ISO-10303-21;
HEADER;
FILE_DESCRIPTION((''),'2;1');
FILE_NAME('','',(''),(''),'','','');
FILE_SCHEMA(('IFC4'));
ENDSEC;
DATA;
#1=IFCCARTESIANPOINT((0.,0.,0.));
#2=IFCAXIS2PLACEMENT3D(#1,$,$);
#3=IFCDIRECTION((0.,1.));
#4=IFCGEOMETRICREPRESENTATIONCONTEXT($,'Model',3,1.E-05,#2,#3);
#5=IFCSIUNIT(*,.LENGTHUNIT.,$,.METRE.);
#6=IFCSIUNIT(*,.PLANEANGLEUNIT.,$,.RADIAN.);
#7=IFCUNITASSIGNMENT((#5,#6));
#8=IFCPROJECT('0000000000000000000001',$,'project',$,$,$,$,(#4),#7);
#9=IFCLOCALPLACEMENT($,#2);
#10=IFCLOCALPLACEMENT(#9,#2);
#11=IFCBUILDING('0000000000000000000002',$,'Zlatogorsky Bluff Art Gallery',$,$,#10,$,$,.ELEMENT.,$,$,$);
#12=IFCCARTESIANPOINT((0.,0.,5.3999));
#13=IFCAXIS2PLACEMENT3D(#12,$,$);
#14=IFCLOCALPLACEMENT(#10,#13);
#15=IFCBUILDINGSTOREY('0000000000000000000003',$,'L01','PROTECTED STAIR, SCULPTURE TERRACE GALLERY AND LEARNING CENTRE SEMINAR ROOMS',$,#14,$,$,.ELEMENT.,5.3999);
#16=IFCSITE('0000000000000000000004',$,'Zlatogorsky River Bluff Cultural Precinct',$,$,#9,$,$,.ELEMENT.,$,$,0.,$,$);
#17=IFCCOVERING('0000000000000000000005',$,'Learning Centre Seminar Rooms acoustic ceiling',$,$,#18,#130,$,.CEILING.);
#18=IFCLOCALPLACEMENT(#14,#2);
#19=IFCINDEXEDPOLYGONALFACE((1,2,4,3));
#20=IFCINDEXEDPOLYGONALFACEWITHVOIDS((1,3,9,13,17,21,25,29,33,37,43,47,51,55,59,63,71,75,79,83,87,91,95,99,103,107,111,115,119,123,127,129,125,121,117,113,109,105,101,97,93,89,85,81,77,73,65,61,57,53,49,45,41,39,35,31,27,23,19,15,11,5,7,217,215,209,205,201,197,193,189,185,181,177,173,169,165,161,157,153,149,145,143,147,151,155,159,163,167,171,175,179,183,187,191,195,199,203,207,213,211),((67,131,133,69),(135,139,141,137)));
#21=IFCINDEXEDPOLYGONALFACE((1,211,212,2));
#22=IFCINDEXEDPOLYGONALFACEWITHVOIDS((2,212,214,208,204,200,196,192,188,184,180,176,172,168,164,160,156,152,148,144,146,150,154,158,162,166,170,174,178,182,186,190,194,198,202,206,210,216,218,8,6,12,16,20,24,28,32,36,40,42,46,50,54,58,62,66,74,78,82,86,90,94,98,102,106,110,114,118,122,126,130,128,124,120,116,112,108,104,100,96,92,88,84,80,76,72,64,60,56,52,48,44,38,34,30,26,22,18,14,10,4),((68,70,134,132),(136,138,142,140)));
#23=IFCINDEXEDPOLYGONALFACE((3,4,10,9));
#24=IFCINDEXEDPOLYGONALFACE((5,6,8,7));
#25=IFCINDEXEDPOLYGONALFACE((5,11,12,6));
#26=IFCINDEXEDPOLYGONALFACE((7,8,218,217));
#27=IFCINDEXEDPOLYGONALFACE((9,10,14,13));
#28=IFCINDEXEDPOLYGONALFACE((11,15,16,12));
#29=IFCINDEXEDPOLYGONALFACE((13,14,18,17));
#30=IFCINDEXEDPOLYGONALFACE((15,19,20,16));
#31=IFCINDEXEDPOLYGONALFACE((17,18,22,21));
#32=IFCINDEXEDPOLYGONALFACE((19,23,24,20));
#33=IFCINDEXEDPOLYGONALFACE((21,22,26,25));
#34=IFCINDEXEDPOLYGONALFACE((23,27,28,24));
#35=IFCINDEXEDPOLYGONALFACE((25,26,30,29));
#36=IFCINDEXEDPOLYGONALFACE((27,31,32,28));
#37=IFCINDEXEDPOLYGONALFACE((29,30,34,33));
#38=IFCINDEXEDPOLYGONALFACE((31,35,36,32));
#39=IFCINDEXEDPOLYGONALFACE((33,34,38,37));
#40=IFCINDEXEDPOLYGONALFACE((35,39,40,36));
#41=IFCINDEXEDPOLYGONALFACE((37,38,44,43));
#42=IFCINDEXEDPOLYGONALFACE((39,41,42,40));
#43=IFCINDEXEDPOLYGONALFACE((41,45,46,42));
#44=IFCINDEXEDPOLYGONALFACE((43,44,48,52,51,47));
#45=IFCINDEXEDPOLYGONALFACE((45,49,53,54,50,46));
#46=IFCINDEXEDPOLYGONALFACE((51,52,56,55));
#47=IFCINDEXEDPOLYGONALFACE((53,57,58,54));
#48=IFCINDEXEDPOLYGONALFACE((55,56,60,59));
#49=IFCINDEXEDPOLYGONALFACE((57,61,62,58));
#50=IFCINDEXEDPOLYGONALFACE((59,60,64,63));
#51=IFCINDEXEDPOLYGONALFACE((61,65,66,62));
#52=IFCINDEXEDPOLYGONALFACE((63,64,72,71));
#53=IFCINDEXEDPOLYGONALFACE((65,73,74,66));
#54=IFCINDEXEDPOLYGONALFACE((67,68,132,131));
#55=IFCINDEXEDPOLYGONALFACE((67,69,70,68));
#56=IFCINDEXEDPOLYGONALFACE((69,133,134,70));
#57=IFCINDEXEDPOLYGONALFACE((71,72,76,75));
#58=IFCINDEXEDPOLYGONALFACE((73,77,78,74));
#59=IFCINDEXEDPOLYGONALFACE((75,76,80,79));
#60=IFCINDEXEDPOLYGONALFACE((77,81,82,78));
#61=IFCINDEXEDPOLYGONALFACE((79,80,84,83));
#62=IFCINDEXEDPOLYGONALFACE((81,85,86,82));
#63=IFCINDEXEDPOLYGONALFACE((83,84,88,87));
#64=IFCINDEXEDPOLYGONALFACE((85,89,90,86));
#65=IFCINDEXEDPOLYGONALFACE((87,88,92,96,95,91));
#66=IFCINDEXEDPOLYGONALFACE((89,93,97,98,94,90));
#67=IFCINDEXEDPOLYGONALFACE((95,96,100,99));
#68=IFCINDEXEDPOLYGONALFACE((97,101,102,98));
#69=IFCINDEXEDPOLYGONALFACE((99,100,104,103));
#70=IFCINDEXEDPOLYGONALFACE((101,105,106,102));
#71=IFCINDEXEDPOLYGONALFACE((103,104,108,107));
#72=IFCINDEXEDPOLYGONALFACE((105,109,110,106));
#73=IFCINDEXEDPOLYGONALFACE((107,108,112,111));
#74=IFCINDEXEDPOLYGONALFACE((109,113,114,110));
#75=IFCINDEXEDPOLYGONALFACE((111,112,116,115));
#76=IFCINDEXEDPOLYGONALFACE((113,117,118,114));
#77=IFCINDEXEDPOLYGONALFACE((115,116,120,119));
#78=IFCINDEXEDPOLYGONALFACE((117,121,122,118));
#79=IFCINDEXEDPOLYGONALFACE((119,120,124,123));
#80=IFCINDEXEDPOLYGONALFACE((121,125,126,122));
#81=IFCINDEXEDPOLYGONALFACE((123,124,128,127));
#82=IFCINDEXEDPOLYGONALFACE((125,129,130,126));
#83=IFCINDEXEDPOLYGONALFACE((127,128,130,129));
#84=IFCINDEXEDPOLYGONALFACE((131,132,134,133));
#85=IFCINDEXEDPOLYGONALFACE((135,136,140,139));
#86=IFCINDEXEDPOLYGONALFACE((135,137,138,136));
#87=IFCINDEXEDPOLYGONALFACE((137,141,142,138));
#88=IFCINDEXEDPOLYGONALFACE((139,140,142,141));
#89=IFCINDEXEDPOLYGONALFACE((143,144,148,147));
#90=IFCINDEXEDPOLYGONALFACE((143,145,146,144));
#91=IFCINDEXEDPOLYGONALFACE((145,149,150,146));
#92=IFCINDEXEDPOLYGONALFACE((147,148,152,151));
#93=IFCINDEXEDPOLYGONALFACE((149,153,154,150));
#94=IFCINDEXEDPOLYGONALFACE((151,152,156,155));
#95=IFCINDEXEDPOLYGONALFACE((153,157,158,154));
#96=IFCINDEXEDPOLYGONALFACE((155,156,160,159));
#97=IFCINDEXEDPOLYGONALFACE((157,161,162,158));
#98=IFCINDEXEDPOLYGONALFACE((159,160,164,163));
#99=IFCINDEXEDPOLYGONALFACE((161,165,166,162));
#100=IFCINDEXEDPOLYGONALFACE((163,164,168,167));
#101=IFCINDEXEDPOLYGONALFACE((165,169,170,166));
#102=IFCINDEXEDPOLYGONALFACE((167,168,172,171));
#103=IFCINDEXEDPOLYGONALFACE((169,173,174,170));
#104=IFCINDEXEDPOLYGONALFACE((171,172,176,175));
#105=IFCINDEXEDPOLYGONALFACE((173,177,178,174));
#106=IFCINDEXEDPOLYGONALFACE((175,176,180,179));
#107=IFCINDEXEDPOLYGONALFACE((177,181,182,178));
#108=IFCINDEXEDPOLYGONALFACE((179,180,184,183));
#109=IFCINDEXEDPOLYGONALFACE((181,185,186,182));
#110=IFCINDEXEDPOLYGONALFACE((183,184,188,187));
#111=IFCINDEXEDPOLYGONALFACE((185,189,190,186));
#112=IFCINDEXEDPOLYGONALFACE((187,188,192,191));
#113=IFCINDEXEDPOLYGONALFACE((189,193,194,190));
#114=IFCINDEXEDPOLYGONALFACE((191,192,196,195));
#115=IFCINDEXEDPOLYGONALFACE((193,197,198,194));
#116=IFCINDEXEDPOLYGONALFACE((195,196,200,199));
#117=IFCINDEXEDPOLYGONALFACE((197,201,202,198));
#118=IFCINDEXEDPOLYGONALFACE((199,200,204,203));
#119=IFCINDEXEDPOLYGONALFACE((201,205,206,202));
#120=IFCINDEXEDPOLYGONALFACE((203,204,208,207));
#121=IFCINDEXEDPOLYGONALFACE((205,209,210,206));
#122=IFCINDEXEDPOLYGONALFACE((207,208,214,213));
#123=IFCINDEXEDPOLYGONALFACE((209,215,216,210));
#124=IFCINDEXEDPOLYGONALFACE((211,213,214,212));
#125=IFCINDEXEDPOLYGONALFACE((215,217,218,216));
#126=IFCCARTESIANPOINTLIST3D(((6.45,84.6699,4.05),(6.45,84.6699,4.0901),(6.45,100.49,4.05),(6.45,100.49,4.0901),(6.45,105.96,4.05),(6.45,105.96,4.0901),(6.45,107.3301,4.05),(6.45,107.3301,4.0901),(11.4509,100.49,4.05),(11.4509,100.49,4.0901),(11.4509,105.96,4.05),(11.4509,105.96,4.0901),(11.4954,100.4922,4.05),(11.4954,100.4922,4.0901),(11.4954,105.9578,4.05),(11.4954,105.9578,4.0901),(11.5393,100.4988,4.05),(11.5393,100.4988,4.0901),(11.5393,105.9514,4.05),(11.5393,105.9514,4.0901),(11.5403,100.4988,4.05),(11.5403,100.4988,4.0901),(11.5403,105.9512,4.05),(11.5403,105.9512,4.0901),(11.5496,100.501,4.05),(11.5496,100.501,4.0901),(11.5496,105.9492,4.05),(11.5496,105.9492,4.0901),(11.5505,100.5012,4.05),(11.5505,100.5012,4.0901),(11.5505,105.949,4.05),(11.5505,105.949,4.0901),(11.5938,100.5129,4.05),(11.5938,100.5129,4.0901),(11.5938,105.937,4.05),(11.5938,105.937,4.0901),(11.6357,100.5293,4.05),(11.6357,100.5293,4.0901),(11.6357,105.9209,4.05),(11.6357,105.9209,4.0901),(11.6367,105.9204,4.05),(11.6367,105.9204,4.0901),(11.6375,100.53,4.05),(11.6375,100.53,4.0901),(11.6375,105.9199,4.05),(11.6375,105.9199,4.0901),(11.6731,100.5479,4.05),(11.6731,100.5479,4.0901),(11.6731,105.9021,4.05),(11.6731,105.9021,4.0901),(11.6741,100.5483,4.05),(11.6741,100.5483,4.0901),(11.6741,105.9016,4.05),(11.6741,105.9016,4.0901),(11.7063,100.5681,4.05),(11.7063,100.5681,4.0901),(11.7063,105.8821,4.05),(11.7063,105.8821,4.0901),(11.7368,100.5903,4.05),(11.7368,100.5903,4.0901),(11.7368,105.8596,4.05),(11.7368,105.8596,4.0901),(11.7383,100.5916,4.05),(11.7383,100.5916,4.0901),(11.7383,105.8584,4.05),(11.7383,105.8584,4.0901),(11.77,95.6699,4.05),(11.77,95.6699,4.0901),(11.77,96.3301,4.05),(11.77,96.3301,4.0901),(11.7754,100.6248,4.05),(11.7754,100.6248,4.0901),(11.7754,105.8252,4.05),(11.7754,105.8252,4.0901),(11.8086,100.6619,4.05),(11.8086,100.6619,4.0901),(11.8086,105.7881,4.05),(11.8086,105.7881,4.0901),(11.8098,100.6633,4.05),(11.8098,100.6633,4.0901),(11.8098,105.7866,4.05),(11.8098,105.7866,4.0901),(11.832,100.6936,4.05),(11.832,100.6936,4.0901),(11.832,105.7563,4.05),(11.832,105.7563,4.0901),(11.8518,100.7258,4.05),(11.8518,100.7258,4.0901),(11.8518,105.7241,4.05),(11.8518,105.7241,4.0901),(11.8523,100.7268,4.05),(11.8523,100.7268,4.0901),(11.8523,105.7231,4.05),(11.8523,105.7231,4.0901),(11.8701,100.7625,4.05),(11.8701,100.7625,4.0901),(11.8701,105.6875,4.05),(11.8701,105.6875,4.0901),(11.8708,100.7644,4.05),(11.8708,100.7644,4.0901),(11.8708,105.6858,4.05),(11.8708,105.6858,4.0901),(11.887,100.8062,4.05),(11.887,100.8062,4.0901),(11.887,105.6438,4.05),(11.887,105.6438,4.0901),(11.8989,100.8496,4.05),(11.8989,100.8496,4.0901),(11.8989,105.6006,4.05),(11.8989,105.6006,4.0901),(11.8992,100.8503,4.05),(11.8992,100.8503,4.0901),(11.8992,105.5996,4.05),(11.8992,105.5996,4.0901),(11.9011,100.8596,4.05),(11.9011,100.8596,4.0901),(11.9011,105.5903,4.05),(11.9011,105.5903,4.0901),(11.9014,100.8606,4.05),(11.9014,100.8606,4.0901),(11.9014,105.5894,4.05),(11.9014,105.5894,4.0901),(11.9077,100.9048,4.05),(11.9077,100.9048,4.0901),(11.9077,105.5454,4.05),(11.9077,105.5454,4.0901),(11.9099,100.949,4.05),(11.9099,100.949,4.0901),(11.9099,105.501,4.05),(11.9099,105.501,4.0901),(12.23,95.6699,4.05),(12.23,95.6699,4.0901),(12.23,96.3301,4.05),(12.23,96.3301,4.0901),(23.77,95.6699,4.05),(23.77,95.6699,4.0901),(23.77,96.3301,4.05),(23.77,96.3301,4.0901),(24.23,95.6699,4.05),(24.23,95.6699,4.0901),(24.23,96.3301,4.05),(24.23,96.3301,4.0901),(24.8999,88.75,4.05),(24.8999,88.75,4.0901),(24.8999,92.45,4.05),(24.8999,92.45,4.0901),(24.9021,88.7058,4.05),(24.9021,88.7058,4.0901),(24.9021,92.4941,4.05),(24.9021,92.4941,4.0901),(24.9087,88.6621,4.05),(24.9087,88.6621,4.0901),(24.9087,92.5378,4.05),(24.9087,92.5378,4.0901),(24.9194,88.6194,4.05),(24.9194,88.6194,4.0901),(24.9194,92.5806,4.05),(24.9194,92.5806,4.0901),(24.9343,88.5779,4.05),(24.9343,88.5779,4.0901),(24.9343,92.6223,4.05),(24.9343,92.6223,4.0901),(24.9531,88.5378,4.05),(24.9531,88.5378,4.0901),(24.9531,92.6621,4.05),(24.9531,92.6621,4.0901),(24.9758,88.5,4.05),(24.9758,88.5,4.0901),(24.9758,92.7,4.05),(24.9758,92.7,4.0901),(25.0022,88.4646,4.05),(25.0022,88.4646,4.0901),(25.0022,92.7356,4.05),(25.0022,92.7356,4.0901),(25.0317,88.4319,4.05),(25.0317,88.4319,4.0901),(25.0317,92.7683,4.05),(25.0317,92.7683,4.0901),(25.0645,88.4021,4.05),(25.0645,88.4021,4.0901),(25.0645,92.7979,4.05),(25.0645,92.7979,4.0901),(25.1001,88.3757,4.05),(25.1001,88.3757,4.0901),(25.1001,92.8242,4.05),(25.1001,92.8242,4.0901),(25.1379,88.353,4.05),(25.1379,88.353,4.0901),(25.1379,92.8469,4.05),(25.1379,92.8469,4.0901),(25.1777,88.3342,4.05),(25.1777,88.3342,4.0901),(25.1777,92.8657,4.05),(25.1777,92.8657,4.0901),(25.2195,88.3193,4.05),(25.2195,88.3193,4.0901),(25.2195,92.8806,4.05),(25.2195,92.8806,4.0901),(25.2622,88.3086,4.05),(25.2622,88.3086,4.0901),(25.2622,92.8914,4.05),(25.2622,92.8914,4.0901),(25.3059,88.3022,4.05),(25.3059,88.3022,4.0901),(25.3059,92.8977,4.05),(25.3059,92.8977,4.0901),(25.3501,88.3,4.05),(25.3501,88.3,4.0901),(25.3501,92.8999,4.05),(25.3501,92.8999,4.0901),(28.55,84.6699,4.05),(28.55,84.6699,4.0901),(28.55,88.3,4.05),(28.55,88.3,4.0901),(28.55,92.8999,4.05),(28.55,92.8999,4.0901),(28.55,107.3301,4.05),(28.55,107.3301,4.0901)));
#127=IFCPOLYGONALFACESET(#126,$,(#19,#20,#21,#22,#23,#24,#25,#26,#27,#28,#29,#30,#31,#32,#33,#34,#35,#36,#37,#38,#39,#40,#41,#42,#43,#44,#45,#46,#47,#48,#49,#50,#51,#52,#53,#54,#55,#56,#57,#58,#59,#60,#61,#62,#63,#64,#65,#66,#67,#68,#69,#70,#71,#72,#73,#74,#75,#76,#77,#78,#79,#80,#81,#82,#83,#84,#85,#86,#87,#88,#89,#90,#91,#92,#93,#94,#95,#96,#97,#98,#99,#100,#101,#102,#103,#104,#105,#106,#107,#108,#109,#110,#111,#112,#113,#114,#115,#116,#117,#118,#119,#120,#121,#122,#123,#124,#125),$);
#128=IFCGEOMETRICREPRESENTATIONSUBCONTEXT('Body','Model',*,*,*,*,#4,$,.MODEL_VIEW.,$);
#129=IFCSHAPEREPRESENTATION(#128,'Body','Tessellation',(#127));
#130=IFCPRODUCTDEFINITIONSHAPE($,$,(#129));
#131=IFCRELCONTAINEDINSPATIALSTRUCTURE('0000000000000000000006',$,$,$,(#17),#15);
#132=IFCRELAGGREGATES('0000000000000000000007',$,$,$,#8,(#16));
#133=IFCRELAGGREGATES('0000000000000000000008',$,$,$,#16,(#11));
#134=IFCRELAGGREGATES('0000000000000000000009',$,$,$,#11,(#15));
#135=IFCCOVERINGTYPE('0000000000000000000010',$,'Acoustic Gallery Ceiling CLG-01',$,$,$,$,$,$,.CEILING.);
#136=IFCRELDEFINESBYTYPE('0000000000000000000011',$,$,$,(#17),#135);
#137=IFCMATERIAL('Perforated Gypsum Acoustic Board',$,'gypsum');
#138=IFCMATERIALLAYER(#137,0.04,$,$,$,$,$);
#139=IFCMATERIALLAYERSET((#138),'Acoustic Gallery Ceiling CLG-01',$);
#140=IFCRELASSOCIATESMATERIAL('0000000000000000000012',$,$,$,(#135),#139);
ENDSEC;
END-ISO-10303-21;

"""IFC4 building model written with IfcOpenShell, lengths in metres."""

from ifc_helpers import new_model, si_unit, direction, frame, origin, place, context, subcontext, project, spatial, polyline, outline, extrude, material, layer, layer_set, type_object, element, save


model = new_model("IFC4")

# Units and contexts
model_context = context("Model", 3, precision=1e-05, world=origin(), true_north=direction((0.0, 1.0)))
body_context = subcontext(model_context, "Body", "Model", "MODEL_VIEW")
ifc_project = project(units=[si_unit("LENGTHUNIT", "METRE"), si_unit("PLANEANGLEUNIT", "RADIAN")], contexts=[model_context])

# Site, building, storey
site_placement = place(None, origin())
site = spatial("IfcSite", under=ifc_project, at=site_placement, Name="Zlatogorsky River Bluff Cultural Precinct", CompositionType="ELEMENT", RefElevation=0.0)
building_placement = place(site_placement, origin())
building = spatial("IfcBuilding", under=site, at=building_placement, Name="Zlatogorsky Bluff Art Gallery", CompositionType="ELEMENT")
storey_placement = place(building_placement, frame((0.0, 0.0, 5.3999)))
storey = spatial("IfcBuildingStorey", under=building, at=storey_placement, Name="L01", Description="PROTECTED STAIR, SCULPTURE TERRACE GALLERY AND LEARNING CENTRE SEMINAR ROOMS", CompositionType="ELEMENT", Elevation=5.3999)

# Covering
ifc_material_1 = material(Name="Perforated Gypsum Acoustic Board", Category="gypsum")
ifc_layer_1 = layer(ifc_material_1, 0.04)
ifc_layer_set_1 = layer_set([ifc_layer_1], Name="Acoustic Gallery Ceiling CLG-01")
covering_type_1 = type_object("IfcCoveringType", Name="Acoustic Gallery Ceiling CLG-01", PredefinedType="CEILING", material=ifc_layer_set_1)
covering_1_placement = place(storey_placement, frame((0.0, 0.0, 4.05)))
element("IfcCovering", 1, at=covering_1_placement, inside=storey, type_object=covering_type_1, Name="Learning Centre Seminar Rooms acoustic ceiling", PredefinedType="CEILING", context=body_context, shape_type="SweptSolid", body=[
    extrude(outline(polyline([(28.55, 84.6699), (6.45, 84.6699), (6.45, 100.49), (11.4509, 100.49), (11.4954, 100.4922), (11.5393, 100.4988), (11.5403, 100.4988), (11.5496, 100.501), (11.5505, 100.5012), (11.5938, 100.5129), (11.6357, 100.5293), (11.6375, 100.53), (11.6731, 100.5479), (11.6741, 100.5483), (11.7063, 100.5681), (11.7368, 100.5903), (11.7383, 100.5916), (11.7754, 100.6248), (11.8086, 100.6619), (11.8098, 100.6633), (11.832, 100.6936), (11.8518, 100.7258), (11.8523, 100.7268), (11.8701, 100.7625), (11.8708, 100.7644), (11.887, 100.8062), (11.8989, 100.8496), (11.8992, 100.8503), (11.9011, 100.8596), (11.9014, 100.8606), (11.9077, 100.9048), (11.9099, 100.949), (11.9099, 105.501), (11.9077, 105.5454), (11.9014, 105.5894), (11.9011, 105.5903), (11.8992, 105.5996), (11.8989, 105.6006), (11.887, 105.6438), (11.8708, 105.6858), (11.8701, 105.6875), (11.8523, 105.7231), (11.8518, 105.7241), (11.832, 105.7563), (11.8098, 105.7866), (11.8086, 105.7881), (11.7754, 105.8252), (11.7383, 105.8584), (11.7368, 105.8596), (11.7063, 105.8821), (11.6741, 105.9016), (11.6731, 105.9021), (11.6375, 105.9199), (11.6367, 105.9204), (11.6357, 105.9209), (11.5938, 105.937), (11.5505, 105.949), (11.5496, 105.9492), (11.5403, 105.9512), (11.5393, 105.9514), (11.4954, 105.9578), (11.4509, 105.96), (6.45, 105.96), (6.45, 107.3301), (28.55, 107.3301), (28.55, 92.8999), (25.3501, 92.8999), (25.3059, 92.8977), (25.2622, 92.8914), (25.2195, 92.8806), (25.1777, 92.8657), (25.1379, 92.8469), (25.1001, 92.8242), (25.0645, 92.7979), (25.0317, 92.7683), (25.0022, 92.7356), (24.9758, 92.7), (24.9531, 92.6621), (24.9343, 92.6223), (24.9194, 92.5806), (24.9087, 92.5378), (24.9021, 92.4941), (24.8999, 92.45), (24.8999, 88.75), (24.9021, 88.7058), (24.9087, 88.6621), (24.9194, 88.6194), (24.9343, 88.5779), (24.9531, 88.5378), (24.9758, 88.5), (25.0022, 88.4646), (25.0317, 88.4319), (25.0645, 88.4021), (25.1001, 88.3757), (25.1379, 88.353), (25.1777, 88.3342), (25.2195, 88.3193), (25.2622, 88.3086), (25.3059, 88.3022), (25.3501, 88.3), (28.55, 88.3), (28.55, 84.6699)]), holes=[polyline([(11.77, 96.3301), (11.77, 95.6699), (12.23, 95.6699), (12.23, 96.3301), (11.77, 96.3301)]), polyline([(23.77, 95.6699), (24.23, 95.6699), (24.23, 96.3301), (23.77, 96.3301), (23.77, 95.6699)])]), origin(), (0.0, 0.0, 1.0), 0.04),
])

save(model, "model.ifc")
